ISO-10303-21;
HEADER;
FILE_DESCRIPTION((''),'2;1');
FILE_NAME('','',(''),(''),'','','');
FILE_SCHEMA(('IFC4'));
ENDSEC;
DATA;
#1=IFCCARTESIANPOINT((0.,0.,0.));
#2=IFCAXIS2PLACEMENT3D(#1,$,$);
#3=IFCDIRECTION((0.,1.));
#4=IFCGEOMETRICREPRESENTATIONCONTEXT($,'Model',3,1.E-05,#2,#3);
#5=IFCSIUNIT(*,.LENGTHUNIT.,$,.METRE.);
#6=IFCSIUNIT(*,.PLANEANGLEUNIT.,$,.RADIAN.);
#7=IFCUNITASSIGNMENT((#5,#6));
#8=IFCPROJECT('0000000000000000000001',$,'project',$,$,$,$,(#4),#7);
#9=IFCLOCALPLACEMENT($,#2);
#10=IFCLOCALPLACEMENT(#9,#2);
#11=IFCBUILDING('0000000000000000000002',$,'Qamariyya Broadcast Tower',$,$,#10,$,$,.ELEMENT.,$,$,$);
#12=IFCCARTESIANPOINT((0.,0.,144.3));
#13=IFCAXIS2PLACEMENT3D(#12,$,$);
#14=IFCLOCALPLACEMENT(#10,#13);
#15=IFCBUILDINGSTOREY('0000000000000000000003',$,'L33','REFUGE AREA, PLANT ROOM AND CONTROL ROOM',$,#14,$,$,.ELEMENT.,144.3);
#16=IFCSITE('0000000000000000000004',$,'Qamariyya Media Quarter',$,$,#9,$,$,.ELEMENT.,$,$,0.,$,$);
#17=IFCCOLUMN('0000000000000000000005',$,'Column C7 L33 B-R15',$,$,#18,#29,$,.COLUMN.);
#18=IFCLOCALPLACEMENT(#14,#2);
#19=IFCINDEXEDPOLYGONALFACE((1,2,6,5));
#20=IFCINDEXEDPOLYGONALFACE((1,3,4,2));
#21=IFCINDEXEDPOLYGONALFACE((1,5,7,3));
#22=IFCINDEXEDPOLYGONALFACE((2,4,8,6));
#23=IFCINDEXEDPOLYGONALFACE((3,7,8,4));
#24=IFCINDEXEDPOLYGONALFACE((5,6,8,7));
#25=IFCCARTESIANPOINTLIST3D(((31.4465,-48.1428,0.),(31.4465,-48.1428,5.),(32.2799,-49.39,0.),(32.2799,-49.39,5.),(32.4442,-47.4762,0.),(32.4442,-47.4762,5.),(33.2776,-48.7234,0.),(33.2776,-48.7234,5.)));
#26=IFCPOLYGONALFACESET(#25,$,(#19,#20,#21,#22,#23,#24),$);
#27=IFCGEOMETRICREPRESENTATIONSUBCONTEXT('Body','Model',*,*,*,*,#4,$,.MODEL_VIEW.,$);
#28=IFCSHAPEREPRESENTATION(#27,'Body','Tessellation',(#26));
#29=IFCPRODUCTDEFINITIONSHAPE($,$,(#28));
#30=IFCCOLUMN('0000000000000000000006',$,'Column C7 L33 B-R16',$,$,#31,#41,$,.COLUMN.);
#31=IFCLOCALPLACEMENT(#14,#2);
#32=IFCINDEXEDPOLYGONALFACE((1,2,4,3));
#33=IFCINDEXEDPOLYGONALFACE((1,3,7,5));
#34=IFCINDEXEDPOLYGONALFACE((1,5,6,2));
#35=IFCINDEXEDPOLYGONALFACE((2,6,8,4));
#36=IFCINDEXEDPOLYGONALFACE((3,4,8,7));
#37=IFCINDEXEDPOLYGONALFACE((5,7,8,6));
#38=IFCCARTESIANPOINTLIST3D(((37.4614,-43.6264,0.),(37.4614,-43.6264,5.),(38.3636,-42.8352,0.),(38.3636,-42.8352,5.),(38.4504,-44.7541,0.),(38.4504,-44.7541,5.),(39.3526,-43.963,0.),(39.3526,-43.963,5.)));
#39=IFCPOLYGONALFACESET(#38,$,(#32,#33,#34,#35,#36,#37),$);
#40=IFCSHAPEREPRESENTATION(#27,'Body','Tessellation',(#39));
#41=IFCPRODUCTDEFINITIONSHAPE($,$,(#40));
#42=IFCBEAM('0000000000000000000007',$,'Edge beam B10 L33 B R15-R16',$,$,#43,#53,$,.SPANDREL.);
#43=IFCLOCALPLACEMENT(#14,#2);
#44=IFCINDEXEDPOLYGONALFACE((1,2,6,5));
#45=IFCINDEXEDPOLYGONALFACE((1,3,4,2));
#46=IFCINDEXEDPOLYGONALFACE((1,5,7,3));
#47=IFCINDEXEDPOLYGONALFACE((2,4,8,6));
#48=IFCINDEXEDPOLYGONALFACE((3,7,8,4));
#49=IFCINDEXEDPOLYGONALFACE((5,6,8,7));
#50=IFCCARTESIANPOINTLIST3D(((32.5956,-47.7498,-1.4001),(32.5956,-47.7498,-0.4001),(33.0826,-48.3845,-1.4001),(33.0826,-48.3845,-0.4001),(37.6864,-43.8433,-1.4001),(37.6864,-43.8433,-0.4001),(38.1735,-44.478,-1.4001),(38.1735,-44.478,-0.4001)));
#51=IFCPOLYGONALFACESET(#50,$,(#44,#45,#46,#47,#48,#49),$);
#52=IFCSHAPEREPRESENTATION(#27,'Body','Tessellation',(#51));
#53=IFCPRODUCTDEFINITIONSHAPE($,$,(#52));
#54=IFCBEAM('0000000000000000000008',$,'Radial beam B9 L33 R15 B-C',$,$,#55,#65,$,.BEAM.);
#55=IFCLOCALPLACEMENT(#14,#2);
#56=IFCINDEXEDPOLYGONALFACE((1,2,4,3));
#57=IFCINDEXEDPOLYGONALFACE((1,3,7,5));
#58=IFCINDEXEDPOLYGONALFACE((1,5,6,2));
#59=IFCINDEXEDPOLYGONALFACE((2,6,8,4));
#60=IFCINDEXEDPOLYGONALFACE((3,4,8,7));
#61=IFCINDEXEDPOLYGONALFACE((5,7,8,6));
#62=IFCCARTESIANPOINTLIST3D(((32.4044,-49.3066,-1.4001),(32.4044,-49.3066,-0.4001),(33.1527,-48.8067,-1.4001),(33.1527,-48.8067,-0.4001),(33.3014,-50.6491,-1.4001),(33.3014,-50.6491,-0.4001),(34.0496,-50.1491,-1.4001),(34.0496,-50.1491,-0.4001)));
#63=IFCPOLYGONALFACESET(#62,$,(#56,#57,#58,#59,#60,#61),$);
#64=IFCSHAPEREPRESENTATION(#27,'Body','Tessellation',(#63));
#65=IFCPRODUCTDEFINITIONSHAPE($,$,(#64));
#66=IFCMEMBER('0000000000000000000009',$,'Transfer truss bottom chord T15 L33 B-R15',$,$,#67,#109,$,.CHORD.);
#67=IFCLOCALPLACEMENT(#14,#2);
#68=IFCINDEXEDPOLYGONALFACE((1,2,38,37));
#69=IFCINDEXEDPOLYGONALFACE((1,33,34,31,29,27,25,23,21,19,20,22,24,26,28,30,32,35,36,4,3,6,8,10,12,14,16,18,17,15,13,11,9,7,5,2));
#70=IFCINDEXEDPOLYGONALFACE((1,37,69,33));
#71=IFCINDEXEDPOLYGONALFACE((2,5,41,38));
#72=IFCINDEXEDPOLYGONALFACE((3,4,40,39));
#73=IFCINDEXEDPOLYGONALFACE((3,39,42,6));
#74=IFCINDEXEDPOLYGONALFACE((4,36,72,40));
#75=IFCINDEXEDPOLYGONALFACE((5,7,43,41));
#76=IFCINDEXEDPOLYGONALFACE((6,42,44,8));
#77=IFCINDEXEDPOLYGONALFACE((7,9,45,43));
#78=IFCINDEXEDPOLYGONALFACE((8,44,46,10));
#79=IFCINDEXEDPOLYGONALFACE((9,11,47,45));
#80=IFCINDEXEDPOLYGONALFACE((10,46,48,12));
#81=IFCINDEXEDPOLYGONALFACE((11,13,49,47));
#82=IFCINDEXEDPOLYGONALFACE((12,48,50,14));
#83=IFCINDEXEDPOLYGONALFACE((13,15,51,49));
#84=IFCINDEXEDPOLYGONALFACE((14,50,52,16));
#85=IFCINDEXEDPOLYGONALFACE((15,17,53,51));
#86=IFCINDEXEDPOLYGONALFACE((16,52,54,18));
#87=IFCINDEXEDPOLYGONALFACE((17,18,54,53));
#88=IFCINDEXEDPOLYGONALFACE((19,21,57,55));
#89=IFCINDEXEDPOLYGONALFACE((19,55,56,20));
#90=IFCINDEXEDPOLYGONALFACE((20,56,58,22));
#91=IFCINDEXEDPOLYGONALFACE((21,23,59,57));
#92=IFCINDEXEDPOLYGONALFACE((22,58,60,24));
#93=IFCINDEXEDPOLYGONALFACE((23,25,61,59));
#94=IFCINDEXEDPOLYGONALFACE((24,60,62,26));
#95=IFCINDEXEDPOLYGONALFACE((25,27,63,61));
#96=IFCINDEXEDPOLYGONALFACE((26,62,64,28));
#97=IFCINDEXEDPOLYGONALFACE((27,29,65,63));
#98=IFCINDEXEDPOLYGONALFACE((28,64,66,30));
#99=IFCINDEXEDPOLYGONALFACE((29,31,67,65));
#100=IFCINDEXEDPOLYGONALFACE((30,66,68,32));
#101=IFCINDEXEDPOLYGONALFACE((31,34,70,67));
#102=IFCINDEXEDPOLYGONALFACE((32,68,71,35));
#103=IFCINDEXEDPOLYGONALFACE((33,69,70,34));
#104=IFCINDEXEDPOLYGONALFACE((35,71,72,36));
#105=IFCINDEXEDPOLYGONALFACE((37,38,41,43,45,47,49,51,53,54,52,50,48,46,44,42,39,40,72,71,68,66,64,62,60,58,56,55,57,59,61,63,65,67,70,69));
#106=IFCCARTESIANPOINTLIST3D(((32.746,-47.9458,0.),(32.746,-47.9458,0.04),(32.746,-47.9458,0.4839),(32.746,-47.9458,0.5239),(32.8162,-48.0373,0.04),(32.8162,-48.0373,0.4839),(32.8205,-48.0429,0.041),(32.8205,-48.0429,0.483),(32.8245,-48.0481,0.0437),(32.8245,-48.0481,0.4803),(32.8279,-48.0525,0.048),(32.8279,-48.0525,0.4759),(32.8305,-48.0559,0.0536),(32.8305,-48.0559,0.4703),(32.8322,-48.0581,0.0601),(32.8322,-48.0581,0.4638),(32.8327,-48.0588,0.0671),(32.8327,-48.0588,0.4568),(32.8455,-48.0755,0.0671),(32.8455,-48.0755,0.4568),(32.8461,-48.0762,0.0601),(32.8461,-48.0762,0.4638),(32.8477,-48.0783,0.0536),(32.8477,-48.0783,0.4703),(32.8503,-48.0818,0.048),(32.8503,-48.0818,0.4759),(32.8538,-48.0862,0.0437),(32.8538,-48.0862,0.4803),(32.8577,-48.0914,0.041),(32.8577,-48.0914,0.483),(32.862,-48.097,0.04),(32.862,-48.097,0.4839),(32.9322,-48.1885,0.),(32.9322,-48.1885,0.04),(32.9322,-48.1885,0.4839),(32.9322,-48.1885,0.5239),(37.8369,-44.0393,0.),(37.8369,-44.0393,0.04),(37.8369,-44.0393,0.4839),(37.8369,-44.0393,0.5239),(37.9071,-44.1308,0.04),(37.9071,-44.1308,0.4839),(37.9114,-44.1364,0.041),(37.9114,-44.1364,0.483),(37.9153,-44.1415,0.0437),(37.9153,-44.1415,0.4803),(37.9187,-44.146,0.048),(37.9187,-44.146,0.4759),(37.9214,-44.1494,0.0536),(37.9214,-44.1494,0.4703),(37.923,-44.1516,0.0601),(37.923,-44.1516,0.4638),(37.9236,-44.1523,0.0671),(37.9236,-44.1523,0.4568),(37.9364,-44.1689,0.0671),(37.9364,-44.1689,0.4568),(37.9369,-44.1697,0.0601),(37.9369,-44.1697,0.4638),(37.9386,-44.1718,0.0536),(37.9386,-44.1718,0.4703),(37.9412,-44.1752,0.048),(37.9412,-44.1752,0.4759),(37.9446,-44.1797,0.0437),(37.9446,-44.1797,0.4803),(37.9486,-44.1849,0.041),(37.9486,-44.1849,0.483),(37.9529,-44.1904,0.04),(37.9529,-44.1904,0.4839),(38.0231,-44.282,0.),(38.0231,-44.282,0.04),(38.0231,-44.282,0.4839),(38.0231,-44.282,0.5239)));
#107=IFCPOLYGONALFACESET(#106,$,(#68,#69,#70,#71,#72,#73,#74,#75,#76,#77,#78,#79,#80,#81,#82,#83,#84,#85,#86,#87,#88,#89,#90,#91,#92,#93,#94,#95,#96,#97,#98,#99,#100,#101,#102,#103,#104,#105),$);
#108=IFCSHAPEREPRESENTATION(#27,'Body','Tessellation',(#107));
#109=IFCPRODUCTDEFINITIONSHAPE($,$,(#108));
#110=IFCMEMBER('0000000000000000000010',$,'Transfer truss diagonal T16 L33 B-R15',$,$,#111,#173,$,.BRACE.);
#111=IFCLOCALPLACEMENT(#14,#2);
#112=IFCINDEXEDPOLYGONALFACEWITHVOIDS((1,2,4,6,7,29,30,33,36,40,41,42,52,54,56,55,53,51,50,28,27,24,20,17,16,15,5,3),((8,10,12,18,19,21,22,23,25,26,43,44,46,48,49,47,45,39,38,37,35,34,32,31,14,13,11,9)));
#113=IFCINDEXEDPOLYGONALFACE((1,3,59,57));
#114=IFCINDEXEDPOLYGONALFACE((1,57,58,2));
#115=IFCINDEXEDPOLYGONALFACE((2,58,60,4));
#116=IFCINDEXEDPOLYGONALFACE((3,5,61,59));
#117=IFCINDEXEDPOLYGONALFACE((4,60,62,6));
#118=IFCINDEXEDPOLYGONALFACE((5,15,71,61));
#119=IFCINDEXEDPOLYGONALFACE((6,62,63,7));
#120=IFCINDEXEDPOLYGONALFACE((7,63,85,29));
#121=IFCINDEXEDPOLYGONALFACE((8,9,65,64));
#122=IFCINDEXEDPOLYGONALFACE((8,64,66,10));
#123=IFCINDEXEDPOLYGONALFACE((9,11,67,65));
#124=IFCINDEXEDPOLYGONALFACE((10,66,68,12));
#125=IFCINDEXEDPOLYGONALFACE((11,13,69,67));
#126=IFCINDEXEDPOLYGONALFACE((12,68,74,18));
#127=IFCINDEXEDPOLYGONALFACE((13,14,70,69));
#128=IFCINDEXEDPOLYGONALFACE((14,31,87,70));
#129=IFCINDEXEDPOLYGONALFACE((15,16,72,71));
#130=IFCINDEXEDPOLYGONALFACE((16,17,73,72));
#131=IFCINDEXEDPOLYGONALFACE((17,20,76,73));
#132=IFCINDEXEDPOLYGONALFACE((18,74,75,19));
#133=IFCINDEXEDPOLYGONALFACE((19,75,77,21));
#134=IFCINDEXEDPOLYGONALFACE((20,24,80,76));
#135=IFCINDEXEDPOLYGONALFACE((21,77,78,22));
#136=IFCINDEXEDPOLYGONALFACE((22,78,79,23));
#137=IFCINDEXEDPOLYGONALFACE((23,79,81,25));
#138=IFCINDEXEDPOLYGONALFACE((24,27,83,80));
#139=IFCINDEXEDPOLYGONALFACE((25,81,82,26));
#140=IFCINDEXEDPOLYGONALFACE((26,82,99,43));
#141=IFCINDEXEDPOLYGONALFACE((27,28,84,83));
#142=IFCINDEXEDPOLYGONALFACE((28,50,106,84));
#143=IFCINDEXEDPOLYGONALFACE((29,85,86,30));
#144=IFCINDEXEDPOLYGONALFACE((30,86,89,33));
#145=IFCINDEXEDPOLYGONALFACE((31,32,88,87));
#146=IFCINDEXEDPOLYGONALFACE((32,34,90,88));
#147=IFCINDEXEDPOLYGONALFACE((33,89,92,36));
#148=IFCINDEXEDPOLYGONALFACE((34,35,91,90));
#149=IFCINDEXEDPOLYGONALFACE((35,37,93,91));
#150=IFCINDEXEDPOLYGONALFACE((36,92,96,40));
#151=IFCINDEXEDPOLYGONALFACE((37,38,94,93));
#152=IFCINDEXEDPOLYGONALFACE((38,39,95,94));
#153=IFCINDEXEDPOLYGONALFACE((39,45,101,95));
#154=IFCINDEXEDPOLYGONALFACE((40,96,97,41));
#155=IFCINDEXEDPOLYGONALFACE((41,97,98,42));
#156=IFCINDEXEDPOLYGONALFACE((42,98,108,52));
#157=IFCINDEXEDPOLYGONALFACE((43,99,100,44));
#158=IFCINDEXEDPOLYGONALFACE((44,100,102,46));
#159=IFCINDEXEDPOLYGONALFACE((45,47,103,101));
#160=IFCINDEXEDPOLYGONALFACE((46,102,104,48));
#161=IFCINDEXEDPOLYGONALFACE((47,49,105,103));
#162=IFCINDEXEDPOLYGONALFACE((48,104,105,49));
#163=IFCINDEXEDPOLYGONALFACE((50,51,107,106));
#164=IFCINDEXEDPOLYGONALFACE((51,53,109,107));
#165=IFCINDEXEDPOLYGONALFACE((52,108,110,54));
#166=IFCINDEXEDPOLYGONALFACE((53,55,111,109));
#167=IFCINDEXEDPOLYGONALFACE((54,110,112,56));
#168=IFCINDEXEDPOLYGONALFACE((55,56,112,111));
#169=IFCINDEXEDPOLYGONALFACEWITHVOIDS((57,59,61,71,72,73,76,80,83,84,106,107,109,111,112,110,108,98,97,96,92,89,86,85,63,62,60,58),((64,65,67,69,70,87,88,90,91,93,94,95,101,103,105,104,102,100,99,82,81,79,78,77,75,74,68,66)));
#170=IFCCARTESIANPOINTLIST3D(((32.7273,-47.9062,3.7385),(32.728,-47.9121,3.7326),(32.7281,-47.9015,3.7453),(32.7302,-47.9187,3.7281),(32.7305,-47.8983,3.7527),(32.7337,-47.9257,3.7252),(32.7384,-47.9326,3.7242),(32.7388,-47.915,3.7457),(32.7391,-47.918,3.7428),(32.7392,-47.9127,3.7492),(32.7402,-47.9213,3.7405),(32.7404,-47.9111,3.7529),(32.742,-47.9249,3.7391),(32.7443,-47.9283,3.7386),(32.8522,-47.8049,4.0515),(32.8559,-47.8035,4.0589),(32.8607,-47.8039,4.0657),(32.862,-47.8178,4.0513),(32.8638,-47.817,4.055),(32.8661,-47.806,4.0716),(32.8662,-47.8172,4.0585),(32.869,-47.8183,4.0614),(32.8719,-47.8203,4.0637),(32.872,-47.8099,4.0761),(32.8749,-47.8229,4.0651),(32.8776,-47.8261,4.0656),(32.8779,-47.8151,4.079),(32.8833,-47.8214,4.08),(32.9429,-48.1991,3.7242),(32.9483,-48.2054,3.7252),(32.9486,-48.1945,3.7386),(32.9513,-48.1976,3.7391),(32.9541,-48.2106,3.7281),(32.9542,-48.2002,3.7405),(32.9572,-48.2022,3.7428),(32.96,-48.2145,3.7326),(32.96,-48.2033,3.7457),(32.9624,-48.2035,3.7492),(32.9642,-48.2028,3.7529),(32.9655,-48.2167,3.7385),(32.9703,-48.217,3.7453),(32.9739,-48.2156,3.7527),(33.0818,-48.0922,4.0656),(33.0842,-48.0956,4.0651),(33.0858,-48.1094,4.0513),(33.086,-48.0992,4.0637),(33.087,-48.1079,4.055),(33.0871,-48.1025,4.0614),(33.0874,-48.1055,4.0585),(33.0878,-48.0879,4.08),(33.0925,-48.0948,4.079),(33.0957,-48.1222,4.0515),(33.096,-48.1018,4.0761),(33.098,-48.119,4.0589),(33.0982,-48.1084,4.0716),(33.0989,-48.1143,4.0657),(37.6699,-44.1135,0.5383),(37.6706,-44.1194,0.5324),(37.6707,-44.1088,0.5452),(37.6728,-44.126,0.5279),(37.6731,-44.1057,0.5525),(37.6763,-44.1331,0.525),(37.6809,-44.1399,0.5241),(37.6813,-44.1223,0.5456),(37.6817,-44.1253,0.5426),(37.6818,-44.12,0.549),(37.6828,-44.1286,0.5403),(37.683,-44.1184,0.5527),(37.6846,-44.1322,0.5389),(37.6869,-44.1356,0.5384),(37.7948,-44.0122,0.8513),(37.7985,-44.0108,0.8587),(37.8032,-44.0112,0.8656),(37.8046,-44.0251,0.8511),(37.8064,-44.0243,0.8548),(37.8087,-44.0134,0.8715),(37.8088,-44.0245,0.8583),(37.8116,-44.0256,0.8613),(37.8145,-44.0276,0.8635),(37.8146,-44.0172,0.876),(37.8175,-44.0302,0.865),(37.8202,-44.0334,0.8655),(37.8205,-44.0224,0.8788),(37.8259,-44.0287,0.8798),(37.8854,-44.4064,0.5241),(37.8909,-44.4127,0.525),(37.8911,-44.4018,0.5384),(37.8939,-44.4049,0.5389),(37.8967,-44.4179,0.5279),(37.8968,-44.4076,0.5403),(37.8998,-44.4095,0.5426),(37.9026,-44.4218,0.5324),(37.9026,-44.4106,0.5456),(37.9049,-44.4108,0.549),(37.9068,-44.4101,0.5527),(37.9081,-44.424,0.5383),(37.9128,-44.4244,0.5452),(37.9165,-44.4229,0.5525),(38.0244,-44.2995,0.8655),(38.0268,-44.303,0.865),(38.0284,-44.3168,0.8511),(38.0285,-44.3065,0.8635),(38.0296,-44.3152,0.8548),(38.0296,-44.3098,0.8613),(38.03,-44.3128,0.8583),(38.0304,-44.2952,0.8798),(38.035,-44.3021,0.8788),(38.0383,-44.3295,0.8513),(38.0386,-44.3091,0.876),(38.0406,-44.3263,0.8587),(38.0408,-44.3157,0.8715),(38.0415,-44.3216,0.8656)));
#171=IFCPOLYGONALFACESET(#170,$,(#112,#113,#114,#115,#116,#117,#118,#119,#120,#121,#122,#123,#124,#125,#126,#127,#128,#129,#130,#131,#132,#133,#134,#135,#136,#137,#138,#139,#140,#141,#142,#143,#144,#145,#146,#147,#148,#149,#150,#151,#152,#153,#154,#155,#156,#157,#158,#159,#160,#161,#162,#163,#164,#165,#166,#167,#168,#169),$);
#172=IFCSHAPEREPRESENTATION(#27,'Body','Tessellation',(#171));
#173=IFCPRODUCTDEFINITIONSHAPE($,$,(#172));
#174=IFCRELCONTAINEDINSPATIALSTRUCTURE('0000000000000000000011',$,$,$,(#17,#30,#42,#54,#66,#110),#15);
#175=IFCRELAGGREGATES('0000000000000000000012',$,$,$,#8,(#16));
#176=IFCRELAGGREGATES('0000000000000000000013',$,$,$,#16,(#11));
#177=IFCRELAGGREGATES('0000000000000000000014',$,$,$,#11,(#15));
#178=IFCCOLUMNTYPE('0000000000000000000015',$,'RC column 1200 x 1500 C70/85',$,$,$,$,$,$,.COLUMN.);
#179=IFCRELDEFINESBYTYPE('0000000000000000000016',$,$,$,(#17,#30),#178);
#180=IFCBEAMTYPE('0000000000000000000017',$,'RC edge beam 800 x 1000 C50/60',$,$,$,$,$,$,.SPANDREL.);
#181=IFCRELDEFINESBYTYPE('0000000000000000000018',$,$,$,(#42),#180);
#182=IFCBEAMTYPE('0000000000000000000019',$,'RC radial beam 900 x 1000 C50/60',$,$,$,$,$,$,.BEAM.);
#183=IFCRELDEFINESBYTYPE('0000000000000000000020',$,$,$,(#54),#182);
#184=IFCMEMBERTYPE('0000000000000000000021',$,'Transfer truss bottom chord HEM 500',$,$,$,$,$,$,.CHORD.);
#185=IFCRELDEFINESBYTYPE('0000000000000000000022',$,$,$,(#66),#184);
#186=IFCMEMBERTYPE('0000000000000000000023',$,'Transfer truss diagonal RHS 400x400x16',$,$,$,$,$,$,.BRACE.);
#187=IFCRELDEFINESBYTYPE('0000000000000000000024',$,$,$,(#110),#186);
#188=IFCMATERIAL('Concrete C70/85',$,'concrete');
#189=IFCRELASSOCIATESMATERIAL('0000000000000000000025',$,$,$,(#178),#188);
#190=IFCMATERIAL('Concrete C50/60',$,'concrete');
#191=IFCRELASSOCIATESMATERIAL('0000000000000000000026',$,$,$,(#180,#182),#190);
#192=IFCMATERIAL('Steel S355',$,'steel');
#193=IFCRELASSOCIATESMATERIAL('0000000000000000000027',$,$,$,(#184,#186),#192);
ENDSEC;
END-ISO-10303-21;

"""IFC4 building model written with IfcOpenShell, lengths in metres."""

from ifc_helpers import new_model, si_unit, direction, frame, origin, origin_2d, place, context, subcontext, project, spatial, rectangle, hollow_rectangle, i_section, extrude, material, material_profile, profile_set, type_object, element, save


model = new_model("IFC4")

# Units and contexts
model_context = context("Model", 3, precision=1e-05, world=origin(), true_north=direction((0.0, 1.0)))
body_context = subcontext(model_context, "Body", "Model", "MODEL_VIEW")
ifc_project = project(units=[si_unit("LENGTHUNIT", "METRE"), si_unit("PLANEANGLEUNIT", "RADIAN")], contexts=[model_context])

# Site, building, storey
site_placement = place(None, origin())
site = spatial("IfcSite", under=ifc_project, at=site_placement, Name="Qamariyya Media Quarter", CompositionType="ELEMENT", RefElevation=0.0)
building_placement = place(site_placement, origin())
building = spatial("IfcBuilding", under=site, at=building_placement, Name="Qamariyya Broadcast Tower", CompositionType="ELEMENT")
storey_placement = place(building_placement, frame((0.0, 0.0, 144.3)))
storey = spatial("IfcBuildingStorey", under=building, at=storey_placement, Name="L33", Description="REFUGE AREA, PLANT ROOM AND CONTROL ROOM", CompositionType="ELEMENT", Elevation=144.3)

# Columns
ifc_material_1 = material(Name="Concrete C70/85", Category="concrete")
ifc_material_profile_1 = material_profile(ifc_material_1, rectangle(XDim=1.2, YDim=1.5, at=origin_2d()))
ifc_profile_set_1 = profile_set([ifc_material_profile_1], Name="Concrete C70/85")
column_type = type_object("IfcColumnType", Name="RC column 1200 x 1500 C70/85", PredefinedType="COLUMN", material=ifc_profile_set_1)
for number, where, z_axis, x_axis, name in (
    (1, (32.3621, -48.4331, 0.0), (0.0, 0.0, 1.0), (0.83147, 0.55557, 0.0), "Column C7 L33 B-R15"),
    (2, (38.407, -43.7947, 0.0), (0.0, 0.0, 1.0), (0.75184, 0.659346, 0.0), "Column C7 L33 B-R16"),
):
    element("IfcColumn", number, at=place(storey_placement, frame(where, z_axis=z_axis, x_axis=x_axis)), inside=storey, type_object=column_type, Name=name, PredefinedType="COLUMN", context=body_context, shape_type="SweptSolid", body=[
        extrude(rectangle(XDim=1.2, YDim=1.5, at=origin_2d()), origin(), (0.0, 0.0, 1.0), 5.0),
    ])

# Beams
ifc_material_2 = material(Name="Concrete C50/60", Category="concrete")
ifc_material_profile_2 = material_profile(ifc_material_2, rectangle(XDim=0.8, YDim=1.0, at=origin_2d()))
ifc_profile_set_2 = profile_set([ifc_material_profile_2], Name="Concrete C50/60")
beam_type_1 = type_object("IfcBeamType", Name="RC edge beam 800 x 1000 C50/60", PredefinedType="SPANDREL", material=ifc_profile_set_2)
beam_1_placement = place(storey_placement, frame((32.8391, -48.0671, -0.9001), z_axis=(0.793341, 0.608778, 0.0), x_axis=(-0.608778, 0.793341, 0.0)))
element("IfcBeam", 3, at=beam_1_placement, inside=storey, type_object=beam_type_1, Name="Edge beam B10 L33 B R15-R16", PredefinedType="SPANDREL", context=body_context, shape_type="SweptSolid", body=[
    extrude(rectangle(XDim=0.8, YDim=1.0, at=origin_2d()), origin(), (0.0, 0.0, 1.0), 6.417),
])
ifc_material_profile_3 = material_profile(ifc_material_2, rectangle(XDim=0.8999, YDim=1.0, at=origin_2d()))
ifc_profile_set_3 = profile_set([ifc_material_profile_3], Name="Concrete C50/60")
beam_type_2 = type_object("IfcBeamType", Name="RC radial beam 900 x 1000 C50/60", PredefinedType="BEAM", material=ifc_profile_set_3)
beam_2_placement = place(storey_placement, frame((32.7786, -49.0566, -0.9001), z_axis=(0.555537, -0.831492, 0.0), x_axis=(0.831492, 0.555537, 0.0)))
element("IfcBeam", 4, at=beam_2_placement, inside=storey, type_object=beam_type_2, Name="Radial beam B9 L33 R15 B-C", PredefinedType="BEAM", context=body_context, shape_type="SweptSolid", body=[
    extrude(rectangle(XDim=0.8999, YDim=1.0, at=origin_2d()), origin(), (0.0, 0.0, 1.0), 1.6145),
])

# Members
ifc_material_3 = material(Name="Steel S355", Category="steel")
ifc_material_profile_4 = material_profile(ifc_material_3, i_section(OverallWidth=0.3059, OverallDepth=0.5239, WebThickness=0.021, FlangeThickness=0.04, FilletRadius=0.0271, at=origin_2d()))
ifc_profile_set_4 = profile_set([ifc_material_profile_4], Name="Steel S355")
member_type_1 = type_object("IfcMemberType", Name="Transfer truss bottom chord HEM 500", PredefinedType="CHORD", material=ifc_profile_set_4)
member_1_placement = place(storey_placement, frame((32.8391, -48.0671, 0.262), z_axis=(0.793341, 0.608778, 0.0), x_axis=(-0.608778, 0.793341, 0.0)))
element("IfcMember", 5, at=member_1_placement, inside=storey, type_object=member_type_1, Name="Transfer truss bottom chord T15 L33 B-R15", PredefinedType="CHORD", context=body_context, shape_type="SweptSolid", body=[
    extrude(i_section(OverallWidth=0.3059, OverallDepth=0.5239, WebThickness=0.021, FlangeThickness=0.04, FilletRadius=0.0271, at=origin_2d()), origin(), (0.0, 0.0, 1.0), 6.417),
])
ifc_material_profile_5 = material_profile(ifc_material_3, hollow_rectangle(XDim=0.3999, YDim=0.3999, WallThickness=0.0161, InnerFilletRadius=0.0161, OuterFilletRadius=0.032, at=origin_2d()))
ifc_profile_set_5 = profile_set([ifc_material_profile_5], Name="Steel S355")
member_type_2 = type_object("IfcMemberType", Name="Transfer truss diagonal RHS 400x400x16", PredefinedType="BRACE", material=ifc_profile_set_5)
member_2_placement = place(storey_placement, frame((32.9131, -48.0103, 3.9021), z_axis=(0.70569, 0.541511, -0.456912), x_axis=(-0.608773, 0.793345, 0.0)))
element("IfcMember", 6, at=member_2_placement, inside=storey, type_object=member_type_2, Name="Transfer truss diagonal T16 L33 B-R15", PredefinedType="BRACE", context=body_context, shape_type="SweptSolid", body=[
    extrude(hollow_rectangle(XDim=0.3999, YDim=0.3999, WallThickness=0.0161, InnerFilletRadius=0.0161, OuterFilletRadius=0.032, at=origin_2d()), origin(), (0.0, 0.0, 1.0), 7.0039),
])

save(model, "model.ifc")
